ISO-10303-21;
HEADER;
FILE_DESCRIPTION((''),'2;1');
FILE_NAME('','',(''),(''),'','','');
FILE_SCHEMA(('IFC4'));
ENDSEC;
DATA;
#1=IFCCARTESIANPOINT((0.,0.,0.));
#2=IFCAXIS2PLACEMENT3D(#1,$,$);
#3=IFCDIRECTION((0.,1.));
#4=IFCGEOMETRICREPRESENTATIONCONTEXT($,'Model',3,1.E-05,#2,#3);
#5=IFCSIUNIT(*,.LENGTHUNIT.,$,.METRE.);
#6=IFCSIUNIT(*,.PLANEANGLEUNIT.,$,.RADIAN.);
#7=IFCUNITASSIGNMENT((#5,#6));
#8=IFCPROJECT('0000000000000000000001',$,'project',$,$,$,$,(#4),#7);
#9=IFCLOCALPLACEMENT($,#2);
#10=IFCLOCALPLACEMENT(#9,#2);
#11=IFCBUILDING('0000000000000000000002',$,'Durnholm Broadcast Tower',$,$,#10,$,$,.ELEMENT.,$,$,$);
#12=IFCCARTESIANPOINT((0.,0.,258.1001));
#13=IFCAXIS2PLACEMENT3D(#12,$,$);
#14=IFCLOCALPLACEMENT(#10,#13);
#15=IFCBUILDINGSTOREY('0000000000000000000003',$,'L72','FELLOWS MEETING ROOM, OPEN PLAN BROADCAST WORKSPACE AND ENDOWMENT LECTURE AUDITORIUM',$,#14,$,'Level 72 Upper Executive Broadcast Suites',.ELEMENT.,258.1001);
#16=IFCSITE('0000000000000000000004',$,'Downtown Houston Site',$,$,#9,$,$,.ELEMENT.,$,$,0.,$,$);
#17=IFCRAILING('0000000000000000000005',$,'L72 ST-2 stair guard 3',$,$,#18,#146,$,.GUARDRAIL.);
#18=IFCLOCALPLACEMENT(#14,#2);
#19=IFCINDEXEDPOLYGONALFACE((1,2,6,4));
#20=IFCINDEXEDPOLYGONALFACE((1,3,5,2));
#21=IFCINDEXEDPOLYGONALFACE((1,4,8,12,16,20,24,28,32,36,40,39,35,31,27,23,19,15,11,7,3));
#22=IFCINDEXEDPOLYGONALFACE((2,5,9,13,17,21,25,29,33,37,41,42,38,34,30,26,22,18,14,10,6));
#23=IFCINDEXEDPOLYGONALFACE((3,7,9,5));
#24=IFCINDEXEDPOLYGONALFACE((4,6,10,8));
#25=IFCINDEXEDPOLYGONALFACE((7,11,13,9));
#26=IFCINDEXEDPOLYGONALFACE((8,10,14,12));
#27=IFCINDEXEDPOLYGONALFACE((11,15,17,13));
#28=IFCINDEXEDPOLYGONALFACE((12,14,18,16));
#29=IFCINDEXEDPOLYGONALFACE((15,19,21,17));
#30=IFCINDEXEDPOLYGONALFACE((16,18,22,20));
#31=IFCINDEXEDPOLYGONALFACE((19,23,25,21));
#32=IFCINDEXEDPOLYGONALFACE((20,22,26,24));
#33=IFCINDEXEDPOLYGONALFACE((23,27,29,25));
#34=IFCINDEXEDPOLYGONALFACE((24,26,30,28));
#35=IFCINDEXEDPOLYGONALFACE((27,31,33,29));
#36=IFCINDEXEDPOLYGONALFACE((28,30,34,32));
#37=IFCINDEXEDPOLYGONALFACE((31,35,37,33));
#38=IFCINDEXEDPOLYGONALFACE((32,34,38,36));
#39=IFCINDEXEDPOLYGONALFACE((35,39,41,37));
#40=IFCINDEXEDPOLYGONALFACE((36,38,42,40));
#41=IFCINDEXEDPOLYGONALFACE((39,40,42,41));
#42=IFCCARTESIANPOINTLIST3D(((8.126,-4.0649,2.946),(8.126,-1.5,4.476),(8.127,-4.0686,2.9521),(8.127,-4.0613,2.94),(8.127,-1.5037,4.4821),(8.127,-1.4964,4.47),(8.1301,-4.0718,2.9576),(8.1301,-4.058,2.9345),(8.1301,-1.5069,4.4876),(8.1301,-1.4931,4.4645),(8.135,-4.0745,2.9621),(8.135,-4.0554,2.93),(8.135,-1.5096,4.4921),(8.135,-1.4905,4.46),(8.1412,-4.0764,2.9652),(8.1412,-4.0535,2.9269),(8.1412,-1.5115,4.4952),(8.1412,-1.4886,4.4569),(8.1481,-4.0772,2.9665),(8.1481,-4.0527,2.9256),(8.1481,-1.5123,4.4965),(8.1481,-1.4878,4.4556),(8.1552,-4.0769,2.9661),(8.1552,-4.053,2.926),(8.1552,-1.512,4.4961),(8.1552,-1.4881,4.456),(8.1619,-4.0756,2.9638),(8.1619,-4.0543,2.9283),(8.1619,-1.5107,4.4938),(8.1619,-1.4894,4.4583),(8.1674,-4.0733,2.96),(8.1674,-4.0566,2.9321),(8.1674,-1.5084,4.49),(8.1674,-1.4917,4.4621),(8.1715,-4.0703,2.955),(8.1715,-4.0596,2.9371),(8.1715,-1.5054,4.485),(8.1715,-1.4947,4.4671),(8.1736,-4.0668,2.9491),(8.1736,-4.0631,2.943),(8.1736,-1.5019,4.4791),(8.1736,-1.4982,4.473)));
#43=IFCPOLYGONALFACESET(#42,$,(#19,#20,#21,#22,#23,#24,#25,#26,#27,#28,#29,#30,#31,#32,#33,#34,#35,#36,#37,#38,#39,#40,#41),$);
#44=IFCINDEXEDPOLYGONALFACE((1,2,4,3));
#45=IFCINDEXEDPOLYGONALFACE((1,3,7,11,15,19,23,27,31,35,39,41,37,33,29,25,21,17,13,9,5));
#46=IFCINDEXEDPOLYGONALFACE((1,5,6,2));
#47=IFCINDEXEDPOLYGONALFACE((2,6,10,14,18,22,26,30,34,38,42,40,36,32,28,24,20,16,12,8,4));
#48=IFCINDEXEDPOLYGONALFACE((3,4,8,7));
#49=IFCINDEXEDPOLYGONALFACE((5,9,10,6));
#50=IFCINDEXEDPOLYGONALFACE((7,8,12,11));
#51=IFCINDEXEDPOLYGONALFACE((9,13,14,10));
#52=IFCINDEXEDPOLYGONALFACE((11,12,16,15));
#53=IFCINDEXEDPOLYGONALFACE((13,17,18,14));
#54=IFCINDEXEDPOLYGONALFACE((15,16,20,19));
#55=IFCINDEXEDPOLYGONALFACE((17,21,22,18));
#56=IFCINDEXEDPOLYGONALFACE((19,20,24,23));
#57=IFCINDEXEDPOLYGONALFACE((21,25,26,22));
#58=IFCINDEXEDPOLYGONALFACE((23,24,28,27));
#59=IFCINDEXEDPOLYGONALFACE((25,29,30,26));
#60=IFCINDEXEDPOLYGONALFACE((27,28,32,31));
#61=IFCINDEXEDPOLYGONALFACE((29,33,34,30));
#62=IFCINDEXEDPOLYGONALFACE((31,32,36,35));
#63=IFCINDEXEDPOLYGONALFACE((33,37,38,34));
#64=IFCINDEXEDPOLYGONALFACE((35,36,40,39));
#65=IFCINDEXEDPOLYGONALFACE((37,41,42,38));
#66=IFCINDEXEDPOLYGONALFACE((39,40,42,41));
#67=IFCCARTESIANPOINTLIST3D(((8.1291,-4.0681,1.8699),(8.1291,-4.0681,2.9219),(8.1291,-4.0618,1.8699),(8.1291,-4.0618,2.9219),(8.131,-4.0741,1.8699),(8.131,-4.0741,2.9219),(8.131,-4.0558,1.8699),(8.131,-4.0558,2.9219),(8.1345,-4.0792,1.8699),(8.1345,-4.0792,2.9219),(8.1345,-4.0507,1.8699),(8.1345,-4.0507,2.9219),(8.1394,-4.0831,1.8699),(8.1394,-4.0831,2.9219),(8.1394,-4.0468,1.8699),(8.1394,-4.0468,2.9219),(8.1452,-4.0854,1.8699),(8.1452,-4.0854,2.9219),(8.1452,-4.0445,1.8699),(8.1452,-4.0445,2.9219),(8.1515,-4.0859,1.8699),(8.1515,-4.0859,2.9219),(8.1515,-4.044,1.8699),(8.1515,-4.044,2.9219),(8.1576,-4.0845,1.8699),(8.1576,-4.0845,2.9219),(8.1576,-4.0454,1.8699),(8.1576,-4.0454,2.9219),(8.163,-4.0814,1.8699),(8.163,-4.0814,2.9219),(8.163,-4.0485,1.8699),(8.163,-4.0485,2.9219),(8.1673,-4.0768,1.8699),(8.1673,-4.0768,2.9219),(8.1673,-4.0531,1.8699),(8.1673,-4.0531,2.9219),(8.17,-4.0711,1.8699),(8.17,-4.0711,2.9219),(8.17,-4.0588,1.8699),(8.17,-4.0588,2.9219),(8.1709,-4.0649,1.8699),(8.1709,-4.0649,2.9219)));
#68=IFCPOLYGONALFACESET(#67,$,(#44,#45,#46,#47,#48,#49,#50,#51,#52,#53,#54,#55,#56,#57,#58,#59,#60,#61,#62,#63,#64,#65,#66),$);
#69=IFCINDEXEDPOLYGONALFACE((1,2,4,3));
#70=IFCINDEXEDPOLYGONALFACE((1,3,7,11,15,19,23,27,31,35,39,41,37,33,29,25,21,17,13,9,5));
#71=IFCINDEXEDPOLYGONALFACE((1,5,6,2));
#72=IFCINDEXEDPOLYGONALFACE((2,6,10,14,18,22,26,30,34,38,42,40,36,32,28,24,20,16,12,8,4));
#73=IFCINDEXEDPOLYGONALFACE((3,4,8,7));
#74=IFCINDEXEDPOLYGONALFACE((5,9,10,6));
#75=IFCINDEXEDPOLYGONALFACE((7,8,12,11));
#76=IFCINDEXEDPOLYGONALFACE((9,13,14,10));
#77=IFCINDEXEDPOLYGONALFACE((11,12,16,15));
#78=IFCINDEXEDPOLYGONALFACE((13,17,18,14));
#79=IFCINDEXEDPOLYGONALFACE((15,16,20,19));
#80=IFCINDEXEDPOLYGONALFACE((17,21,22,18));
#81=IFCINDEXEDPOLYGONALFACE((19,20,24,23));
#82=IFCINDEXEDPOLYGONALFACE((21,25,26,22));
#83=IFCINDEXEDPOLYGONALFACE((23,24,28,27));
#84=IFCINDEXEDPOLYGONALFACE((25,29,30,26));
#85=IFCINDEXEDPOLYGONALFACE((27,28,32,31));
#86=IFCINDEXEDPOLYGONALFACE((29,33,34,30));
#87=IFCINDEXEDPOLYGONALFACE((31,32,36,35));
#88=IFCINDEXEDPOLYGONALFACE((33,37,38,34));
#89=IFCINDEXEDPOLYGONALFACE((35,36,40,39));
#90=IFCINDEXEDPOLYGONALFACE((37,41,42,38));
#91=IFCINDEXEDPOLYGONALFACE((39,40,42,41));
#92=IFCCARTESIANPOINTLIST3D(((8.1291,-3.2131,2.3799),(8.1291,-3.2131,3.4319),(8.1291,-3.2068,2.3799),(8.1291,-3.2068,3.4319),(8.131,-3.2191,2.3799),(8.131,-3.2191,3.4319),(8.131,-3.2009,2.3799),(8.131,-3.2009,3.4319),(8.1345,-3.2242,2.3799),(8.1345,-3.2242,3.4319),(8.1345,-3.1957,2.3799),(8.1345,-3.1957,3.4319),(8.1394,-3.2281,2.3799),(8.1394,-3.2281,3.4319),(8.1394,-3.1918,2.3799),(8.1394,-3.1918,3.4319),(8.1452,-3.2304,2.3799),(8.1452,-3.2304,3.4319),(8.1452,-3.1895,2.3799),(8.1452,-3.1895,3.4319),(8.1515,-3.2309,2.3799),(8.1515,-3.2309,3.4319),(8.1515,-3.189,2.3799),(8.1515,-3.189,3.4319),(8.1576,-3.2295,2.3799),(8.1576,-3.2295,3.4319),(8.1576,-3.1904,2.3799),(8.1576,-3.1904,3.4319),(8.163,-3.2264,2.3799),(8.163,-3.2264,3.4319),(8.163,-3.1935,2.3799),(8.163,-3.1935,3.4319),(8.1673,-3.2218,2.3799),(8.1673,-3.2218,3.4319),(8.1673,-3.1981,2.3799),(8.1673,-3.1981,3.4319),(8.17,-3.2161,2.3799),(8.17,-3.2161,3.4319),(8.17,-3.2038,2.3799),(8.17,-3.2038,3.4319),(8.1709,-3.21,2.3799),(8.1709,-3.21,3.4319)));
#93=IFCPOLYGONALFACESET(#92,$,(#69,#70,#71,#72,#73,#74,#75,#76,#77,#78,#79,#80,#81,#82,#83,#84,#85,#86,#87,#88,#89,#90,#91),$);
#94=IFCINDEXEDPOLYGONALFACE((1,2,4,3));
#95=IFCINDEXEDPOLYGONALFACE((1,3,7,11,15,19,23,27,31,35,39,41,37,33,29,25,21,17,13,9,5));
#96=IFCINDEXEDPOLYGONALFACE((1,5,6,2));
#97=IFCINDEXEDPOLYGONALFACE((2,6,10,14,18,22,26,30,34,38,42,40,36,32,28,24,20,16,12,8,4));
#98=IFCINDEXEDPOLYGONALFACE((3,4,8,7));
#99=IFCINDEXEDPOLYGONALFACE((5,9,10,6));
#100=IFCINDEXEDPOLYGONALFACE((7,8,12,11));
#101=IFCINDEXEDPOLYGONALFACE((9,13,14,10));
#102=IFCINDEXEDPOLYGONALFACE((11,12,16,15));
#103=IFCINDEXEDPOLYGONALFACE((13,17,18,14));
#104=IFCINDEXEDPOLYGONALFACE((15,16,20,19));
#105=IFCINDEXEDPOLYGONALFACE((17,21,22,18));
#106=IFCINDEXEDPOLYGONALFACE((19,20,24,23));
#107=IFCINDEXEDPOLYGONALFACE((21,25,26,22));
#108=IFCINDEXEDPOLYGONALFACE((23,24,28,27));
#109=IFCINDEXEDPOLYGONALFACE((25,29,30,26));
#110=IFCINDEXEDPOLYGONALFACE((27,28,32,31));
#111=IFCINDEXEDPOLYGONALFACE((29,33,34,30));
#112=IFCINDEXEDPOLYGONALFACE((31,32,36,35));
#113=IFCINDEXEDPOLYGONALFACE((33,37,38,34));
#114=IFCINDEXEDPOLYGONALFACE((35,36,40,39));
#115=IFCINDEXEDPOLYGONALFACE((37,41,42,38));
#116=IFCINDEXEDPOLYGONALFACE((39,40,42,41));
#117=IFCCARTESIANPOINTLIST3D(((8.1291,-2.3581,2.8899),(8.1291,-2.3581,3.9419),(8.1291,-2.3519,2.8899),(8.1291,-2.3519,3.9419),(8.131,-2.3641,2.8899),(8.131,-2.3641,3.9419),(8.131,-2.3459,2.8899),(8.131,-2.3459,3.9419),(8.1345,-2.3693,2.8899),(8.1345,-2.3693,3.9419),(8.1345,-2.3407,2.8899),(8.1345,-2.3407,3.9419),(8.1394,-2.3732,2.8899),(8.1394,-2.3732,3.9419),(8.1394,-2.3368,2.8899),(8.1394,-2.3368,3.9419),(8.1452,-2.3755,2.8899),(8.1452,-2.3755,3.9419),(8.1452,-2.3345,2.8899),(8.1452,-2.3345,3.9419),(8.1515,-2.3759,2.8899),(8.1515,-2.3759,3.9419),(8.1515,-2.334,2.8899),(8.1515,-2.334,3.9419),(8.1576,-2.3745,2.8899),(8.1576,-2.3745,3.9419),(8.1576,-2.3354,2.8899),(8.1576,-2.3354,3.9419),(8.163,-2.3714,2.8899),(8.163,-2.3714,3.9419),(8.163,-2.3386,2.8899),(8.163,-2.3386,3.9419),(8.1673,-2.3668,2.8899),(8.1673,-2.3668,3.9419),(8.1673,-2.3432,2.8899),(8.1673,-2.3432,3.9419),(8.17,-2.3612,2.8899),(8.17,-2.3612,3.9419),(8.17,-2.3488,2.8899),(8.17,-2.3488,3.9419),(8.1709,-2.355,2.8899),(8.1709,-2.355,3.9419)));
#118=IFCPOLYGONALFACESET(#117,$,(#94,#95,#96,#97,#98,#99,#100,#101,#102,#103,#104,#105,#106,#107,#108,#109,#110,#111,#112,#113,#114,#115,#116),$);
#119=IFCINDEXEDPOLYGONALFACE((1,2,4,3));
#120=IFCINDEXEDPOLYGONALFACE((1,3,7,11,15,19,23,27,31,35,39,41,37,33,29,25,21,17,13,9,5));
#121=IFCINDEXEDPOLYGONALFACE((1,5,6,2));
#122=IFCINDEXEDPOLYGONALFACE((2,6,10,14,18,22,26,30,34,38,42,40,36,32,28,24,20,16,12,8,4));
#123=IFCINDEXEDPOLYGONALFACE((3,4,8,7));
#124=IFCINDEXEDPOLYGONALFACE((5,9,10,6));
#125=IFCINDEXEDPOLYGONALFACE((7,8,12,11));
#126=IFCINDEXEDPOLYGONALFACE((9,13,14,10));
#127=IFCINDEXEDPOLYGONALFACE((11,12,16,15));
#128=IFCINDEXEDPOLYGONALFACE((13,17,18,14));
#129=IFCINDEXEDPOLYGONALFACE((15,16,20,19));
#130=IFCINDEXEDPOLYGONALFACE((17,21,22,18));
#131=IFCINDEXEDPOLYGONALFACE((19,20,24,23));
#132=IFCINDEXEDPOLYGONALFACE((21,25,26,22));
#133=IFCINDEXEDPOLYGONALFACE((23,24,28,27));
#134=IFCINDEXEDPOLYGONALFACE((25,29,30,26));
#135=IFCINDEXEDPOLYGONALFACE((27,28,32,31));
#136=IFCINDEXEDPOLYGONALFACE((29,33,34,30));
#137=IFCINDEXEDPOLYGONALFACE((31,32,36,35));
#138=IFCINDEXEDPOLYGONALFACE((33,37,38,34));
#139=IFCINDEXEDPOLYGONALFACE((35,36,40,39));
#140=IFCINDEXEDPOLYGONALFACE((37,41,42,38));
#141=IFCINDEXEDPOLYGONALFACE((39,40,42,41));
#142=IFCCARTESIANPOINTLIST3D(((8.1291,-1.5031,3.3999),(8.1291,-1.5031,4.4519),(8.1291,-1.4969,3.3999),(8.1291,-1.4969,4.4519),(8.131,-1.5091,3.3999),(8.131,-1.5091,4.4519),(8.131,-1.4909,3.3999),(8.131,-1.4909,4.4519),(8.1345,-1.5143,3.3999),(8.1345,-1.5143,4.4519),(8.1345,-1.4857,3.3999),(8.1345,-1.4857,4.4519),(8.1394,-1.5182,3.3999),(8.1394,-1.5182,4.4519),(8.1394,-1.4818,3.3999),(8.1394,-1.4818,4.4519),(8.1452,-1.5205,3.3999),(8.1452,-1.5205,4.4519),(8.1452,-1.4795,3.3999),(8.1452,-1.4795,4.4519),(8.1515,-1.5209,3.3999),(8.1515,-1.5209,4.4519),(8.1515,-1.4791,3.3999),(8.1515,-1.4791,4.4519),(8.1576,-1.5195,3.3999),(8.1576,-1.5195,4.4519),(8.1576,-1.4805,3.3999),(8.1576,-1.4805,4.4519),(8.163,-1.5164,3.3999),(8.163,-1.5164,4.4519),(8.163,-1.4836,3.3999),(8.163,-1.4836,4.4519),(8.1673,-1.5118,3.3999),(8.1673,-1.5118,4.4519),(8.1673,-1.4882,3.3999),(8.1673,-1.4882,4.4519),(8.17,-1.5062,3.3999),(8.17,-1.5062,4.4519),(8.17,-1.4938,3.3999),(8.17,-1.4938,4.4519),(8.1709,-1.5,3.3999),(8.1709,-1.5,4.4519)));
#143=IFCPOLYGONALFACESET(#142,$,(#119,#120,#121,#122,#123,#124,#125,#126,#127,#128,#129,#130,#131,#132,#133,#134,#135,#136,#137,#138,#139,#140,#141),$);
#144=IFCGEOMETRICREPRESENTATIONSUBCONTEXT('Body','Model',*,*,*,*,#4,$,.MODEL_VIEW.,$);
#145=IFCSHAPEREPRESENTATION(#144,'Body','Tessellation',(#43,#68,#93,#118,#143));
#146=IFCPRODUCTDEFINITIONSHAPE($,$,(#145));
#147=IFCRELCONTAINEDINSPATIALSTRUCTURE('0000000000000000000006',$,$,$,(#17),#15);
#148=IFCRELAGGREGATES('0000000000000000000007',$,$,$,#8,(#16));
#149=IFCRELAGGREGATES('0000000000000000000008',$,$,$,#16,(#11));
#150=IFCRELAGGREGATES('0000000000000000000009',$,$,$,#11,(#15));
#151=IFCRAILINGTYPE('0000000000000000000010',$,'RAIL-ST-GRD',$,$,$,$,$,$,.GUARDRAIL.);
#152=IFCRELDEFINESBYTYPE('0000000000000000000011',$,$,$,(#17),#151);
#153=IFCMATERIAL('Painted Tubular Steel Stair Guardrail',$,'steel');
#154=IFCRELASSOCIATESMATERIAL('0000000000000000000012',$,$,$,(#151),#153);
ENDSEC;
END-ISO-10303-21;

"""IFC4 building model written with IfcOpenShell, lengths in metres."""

from ifc_helpers import new_model, si_unit, direction, frame, origin, origin_2d, place, context, subcontext, project, spatial, circle, extrude, material, type_object, element, save


model = new_model("IFC4")

# Units and contexts
model_context = context("Model", 3, precision=1e-05, world=origin(), true_north=direction((0.0, 1.0)))
body_context = subcontext(model_context, "Body", "Model", "MODEL_VIEW")
ifc_project = project(units=[si_unit("LENGTHUNIT", "METRE"), si_unit("PLANEANGLEUNIT", "RADIAN")], contexts=[model_context])

# Site, building, storey
site_placement = place(None, origin())
site = spatial("IfcSite", under=ifc_project, at=site_placement, Name="Downtown Houston Site", CompositionType="ELEMENT", RefElevation=0.0)
building_placement = place(site_placement, origin())
building = spatial("IfcBuilding", under=site, at=building_placement, Name="Durnholm Broadcast Tower", CompositionType="ELEMENT")
storey_placement = place(building_placement, frame((0.0, 0.0, 258.1001)))
storey = spatial("IfcBuildingStorey", under=building, at=storey_placement, Name="L72", Description="FELLOWS MEETING ROOM, OPEN PLAN BROADCAST WORKSPACE AND ENDOWMENT LECTURE AUDITORIUM", LongName="Level 72 Upper Executive Broadcast Suites", CompositionType="ELEMENT", Elevation=258.1001)

# Railing
ifc_material_1 = material(Name="Painted Tubular Steel Stair Guardrail", Category="steel")
railing_type_1 = type_object("IfcRailingType", Name="RAIL-ST-GRD", PredefinedType="GUARDRAIL", material=ifc_material_1)
railing_1_placement = place(storey_placement, frame((8.1499, -4.0649, 1.8699)))
element("IfcRailing", 1, at=railing_1_placement, inside=storey, type_object=railing_type_1, Name="L72 ST-2 stair guard 3", PredefinedType="GUARDRAIL", context=body_context, shape_type="SweptSolid", body=[
    extrude(circle(Radius=0.0239, at=origin_2d()), frame((0.0, 0.0, 1.0762), z_axis=(0.0, 0.85881, 0.512294), x_axis=(-1.0, 0.0, 0.0)), (0.0, 0.0, 1.0), 2.9866),
    extrude(circle(Radius=0.021, at=origin_2d()), origin(), (0.0, 0.0, 1.0), 1.052),
    extrude(circle(Radius=0.021, at=origin_2d()), frame((0.0, 0.855, 0.51)), (0.0, 0.0, 1.0), 1.052),
    extrude(circle(Radius=0.021, at=origin_2d()), frame((0.0, 1.71, 1.02)), (0.0, 0.0, 1.0), 1.052),
    extrude(circle(Radius=0.021, at=origin_2d()), frame((0.0, 2.5649, 1.53)), (0.0, 0.0, 1.0), 1.052),
])

save(model, "model.ifc")
